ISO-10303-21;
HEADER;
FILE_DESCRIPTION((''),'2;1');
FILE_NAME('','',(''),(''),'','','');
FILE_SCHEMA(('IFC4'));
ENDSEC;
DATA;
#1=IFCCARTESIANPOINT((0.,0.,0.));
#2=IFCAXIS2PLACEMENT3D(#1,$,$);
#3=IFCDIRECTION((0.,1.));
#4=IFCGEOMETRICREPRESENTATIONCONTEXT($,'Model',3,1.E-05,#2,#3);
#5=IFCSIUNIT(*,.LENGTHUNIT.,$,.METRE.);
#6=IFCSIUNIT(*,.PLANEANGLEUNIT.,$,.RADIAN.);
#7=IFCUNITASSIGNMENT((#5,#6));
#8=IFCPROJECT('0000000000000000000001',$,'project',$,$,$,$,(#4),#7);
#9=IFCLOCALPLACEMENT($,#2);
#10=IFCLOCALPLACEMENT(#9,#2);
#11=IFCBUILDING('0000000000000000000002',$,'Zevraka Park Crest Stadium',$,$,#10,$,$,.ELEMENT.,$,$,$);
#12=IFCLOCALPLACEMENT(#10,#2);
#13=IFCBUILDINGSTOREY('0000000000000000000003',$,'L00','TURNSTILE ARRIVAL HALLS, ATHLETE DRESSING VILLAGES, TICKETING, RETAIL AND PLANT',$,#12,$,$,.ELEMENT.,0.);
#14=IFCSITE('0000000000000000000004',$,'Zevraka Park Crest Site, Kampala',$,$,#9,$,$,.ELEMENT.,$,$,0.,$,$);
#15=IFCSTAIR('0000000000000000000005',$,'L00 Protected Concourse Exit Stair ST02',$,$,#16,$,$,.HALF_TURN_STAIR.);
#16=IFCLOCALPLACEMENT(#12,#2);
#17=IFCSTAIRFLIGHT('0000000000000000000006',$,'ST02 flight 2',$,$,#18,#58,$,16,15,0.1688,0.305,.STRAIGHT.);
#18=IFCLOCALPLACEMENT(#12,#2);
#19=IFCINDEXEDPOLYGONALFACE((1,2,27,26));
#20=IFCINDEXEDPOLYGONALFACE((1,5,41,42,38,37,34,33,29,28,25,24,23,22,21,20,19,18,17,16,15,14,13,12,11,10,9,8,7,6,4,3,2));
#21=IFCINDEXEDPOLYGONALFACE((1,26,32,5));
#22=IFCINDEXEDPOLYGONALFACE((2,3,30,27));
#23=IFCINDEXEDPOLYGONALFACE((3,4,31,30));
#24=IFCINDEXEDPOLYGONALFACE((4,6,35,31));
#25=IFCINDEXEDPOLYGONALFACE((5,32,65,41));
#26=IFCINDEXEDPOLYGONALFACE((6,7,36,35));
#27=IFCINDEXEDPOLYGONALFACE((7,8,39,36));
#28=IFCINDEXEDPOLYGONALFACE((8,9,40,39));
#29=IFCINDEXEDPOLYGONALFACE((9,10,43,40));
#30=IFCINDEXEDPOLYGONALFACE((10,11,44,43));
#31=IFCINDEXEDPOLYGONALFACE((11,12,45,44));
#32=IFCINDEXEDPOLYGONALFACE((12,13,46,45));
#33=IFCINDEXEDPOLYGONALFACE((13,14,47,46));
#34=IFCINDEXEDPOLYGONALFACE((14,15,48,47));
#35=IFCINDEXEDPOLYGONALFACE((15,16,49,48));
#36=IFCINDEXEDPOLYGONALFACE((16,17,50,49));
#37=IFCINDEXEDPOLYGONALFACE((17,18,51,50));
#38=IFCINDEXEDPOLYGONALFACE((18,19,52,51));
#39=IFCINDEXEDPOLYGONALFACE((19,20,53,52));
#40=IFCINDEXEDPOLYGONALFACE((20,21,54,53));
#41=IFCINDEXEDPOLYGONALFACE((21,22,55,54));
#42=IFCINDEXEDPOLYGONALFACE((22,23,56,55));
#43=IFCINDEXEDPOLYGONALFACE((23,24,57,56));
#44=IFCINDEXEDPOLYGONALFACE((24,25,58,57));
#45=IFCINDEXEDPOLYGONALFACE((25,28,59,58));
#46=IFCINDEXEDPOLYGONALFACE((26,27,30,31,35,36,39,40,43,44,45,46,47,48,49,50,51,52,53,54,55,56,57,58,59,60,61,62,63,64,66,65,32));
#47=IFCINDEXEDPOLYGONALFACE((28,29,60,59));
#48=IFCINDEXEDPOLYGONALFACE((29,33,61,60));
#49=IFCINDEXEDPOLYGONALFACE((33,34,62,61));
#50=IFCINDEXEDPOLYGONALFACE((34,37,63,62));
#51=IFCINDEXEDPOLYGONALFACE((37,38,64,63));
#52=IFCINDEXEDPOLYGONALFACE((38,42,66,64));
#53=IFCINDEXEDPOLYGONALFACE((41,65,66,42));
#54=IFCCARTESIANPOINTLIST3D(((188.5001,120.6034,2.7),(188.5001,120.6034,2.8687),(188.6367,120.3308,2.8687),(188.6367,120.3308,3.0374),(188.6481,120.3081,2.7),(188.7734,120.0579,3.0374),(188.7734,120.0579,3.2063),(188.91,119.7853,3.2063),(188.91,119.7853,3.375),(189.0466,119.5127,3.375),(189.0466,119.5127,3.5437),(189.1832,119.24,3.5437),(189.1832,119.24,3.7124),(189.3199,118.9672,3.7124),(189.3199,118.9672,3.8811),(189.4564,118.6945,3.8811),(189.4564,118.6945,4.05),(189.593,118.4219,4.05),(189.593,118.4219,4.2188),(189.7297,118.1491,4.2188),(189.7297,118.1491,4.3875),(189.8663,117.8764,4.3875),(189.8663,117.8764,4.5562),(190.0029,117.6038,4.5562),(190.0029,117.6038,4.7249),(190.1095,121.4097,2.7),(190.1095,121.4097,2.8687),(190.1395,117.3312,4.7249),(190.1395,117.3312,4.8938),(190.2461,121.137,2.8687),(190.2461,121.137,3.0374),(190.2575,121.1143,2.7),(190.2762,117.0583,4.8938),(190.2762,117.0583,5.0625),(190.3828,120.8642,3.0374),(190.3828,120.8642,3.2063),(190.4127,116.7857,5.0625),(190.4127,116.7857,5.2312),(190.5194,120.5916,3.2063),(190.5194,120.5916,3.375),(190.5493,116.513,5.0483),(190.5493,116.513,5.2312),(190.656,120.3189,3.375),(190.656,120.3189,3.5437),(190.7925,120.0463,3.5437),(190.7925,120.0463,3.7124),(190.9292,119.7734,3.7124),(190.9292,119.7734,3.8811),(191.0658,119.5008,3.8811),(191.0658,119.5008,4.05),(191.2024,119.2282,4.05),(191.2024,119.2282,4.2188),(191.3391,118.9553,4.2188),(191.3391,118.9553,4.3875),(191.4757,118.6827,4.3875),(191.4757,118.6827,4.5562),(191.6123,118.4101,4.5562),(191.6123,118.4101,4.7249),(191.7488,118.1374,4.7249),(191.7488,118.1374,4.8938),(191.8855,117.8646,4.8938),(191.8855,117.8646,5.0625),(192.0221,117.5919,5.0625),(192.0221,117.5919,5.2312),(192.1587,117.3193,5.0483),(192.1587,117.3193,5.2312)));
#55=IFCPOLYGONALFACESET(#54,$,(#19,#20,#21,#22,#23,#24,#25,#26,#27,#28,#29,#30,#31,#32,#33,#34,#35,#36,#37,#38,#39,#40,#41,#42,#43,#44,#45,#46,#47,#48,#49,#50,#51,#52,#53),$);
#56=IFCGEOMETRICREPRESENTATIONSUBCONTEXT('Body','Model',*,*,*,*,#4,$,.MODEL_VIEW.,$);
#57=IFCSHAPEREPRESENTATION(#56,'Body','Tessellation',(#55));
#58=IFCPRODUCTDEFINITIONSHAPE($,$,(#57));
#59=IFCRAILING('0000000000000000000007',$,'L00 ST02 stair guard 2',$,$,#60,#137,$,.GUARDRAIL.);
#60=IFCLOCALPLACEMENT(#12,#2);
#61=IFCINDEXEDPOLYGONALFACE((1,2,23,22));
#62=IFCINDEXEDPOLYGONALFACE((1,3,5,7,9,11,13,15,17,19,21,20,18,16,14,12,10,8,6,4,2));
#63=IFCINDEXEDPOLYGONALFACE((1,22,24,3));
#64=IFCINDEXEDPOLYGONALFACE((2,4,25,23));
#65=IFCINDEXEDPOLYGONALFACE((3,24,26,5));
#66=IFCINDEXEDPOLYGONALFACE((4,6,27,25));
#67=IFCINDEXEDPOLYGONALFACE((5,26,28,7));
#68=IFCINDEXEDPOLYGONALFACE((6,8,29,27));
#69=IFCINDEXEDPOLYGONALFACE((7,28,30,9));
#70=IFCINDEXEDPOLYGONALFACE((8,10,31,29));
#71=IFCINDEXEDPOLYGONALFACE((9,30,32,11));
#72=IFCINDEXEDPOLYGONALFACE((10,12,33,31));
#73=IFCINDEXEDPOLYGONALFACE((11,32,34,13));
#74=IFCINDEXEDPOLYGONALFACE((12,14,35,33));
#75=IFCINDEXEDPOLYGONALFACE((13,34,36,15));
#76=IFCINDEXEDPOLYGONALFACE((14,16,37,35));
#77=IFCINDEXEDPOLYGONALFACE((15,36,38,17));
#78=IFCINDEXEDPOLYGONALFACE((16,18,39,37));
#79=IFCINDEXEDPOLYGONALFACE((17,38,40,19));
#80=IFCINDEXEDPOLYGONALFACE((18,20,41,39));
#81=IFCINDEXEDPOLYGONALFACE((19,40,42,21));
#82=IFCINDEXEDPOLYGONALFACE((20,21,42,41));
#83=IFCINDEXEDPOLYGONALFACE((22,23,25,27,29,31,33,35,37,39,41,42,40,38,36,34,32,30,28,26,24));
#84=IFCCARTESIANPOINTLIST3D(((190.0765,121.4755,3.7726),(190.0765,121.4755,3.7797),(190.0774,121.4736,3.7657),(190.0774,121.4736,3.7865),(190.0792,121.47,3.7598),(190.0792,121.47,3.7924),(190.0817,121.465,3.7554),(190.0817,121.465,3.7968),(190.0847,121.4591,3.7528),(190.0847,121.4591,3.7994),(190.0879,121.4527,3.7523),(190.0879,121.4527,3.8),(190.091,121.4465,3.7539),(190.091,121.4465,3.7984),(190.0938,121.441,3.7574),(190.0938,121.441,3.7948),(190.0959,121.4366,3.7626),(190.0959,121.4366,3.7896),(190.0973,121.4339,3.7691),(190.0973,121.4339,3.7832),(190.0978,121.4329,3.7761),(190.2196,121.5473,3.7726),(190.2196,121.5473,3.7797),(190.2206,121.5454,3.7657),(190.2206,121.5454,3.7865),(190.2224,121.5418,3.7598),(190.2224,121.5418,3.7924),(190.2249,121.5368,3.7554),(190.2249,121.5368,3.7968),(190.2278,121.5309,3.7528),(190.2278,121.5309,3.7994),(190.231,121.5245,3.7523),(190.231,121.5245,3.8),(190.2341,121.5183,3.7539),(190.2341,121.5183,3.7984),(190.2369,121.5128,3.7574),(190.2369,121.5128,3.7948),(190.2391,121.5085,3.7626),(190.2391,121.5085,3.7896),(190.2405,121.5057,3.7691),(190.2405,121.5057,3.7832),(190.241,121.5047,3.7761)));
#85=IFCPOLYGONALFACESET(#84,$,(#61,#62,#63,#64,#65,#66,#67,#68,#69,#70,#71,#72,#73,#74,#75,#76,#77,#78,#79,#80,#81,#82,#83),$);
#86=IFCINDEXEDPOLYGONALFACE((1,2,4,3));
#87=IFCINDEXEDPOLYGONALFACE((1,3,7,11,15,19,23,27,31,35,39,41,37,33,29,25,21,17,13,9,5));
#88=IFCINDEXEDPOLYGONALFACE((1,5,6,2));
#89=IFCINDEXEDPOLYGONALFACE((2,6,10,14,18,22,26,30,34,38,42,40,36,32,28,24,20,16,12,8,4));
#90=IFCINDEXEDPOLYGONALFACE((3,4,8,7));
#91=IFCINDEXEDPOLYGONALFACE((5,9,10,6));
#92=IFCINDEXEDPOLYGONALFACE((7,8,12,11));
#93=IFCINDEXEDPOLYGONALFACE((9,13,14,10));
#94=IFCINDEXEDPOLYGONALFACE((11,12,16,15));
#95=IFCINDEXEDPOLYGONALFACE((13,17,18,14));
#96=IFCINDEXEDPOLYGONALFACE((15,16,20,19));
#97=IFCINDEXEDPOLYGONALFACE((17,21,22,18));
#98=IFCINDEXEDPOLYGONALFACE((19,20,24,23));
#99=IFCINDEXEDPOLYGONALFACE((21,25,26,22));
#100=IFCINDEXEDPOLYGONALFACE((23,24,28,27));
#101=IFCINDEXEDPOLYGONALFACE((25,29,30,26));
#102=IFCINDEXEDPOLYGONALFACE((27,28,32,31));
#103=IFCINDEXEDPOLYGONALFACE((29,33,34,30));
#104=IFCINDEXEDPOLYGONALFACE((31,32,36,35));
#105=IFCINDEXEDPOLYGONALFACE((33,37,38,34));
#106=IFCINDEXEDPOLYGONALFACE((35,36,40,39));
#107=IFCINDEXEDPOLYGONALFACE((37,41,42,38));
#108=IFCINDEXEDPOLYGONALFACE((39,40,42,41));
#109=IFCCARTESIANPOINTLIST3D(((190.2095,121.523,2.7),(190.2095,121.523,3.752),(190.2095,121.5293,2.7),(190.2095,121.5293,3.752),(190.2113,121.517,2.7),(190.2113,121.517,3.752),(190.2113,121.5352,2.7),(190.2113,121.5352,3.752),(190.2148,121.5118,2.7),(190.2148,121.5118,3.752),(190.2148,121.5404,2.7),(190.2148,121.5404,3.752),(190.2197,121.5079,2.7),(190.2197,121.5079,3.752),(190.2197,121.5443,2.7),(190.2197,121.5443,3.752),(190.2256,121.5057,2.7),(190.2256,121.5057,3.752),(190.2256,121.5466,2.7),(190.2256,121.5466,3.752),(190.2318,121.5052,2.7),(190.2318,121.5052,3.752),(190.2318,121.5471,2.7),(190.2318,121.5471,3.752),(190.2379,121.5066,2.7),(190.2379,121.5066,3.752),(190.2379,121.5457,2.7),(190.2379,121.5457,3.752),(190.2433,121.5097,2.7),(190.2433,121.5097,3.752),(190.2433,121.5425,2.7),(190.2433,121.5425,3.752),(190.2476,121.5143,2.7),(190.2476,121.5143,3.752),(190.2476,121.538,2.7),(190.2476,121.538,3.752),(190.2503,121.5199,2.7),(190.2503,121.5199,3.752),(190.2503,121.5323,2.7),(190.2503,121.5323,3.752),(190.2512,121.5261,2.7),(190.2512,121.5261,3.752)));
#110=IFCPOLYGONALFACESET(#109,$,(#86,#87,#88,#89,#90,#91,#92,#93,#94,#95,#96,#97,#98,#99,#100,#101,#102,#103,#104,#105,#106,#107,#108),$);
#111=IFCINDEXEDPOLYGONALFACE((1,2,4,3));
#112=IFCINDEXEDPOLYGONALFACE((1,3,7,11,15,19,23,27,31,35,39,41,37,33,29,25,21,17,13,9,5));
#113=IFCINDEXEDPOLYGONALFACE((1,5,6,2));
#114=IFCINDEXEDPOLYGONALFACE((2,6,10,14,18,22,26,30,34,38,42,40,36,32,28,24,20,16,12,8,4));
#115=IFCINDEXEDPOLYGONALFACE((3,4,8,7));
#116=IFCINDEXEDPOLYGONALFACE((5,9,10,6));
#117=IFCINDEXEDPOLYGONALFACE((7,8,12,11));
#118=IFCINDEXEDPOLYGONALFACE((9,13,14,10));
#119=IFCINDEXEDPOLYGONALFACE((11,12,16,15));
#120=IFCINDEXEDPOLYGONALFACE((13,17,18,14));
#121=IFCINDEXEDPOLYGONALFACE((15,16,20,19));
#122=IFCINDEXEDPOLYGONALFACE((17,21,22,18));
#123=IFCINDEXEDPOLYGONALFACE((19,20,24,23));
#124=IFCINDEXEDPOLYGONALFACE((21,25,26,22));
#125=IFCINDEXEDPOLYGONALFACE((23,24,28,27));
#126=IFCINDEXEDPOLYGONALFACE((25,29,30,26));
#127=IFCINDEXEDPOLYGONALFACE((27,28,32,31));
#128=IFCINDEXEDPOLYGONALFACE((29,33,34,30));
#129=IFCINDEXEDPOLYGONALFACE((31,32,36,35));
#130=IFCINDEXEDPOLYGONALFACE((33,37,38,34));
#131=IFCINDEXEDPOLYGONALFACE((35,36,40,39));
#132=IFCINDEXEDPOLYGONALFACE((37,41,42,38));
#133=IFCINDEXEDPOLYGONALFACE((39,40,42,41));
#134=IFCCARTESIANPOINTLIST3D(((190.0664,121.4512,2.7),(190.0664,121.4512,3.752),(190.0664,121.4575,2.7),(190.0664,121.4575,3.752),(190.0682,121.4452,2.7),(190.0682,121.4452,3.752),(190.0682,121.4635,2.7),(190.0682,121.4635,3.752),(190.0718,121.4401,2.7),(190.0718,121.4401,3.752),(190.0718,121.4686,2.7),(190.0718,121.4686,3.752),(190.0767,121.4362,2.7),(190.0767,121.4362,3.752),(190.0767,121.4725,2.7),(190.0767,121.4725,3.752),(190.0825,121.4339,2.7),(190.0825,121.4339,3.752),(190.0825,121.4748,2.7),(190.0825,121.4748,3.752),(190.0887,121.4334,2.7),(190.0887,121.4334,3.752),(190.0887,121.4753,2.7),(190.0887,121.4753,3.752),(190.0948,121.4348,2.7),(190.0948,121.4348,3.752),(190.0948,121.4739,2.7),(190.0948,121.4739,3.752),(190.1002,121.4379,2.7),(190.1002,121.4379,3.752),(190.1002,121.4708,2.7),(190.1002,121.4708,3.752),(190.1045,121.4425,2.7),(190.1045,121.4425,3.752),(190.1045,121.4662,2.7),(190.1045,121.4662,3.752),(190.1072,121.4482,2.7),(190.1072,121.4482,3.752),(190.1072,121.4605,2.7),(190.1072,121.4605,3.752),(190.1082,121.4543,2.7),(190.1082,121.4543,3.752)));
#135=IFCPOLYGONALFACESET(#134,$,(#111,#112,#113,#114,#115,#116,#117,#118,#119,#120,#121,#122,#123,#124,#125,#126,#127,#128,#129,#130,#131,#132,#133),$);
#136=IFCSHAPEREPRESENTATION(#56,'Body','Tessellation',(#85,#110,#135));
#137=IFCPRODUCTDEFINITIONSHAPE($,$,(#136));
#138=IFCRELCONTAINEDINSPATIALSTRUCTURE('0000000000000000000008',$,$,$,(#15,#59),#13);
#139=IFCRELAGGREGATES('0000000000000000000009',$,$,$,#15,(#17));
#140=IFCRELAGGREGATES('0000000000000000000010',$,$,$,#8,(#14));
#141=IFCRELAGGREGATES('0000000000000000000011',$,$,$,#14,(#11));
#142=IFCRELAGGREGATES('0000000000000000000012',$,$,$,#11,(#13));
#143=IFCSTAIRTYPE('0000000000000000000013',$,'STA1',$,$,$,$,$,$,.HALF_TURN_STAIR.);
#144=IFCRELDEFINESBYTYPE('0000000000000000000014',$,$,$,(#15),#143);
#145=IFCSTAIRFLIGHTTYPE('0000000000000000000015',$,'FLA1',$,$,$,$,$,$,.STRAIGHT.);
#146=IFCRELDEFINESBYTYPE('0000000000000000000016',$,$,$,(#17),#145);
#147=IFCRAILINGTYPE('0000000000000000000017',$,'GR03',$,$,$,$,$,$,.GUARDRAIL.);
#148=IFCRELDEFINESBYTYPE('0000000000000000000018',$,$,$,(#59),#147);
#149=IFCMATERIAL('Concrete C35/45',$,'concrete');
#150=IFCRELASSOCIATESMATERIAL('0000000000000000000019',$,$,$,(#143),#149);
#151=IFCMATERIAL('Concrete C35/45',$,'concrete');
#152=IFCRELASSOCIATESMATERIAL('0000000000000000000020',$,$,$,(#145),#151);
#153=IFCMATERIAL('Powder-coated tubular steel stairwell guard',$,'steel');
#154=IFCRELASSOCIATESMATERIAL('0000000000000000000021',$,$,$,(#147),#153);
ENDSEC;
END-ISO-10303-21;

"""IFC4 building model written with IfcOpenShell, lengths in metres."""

from ifc_helpers import new_model, si_unit, direction, frame, origin, origin_2d, place, context, subcontext, project, spatial, polyline, circle, outline, extrude, material, type_object, element, aggregate, save


model = new_model("IFC4")

# Units and contexts
model_context = context("Model", 3, precision=1e-05, world=origin(), true_north=direction((0.0, 1.0)))
body_context = subcontext(model_context, "Body", "Model", "MODEL_VIEW")
ifc_project = project(units=[si_unit("LENGTHUNIT", "METRE"), si_unit("PLANEANGLEUNIT", "RADIAN")], contexts=[model_context])

# Site, building, storey
site_placement = place(None, origin())
site = spatial("IfcSite", under=ifc_project, at=site_placement, Name="Zevraka Park Crest Site, Kampala", CompositionType="ELEMENT", RefElevation=0.0)
building_placement = place(site_placement, origin())
building = spatial("IfcBuilding", under=site, at=building_placement, Name="Zevraka Park Crest Stadium", CompositionType="ELEMENT")
storey_placement = place(building_placement, origin())
storey = spatial("IfcBuildingStorey", under=building, at=storey_placement, Name="L00", Description="TURNSTILE ARRIVAL HALLS, ATHLETE DRESSING VILLAGES, TICKETING, RETAIL AND PLANT", CompositionType="ELEMENT", Elevation=0.0)

# Stair, stair flight
ifc_material_1 = material(Name="Concrete C35/45", Category="concrete")
stair_type = type_object("IfcStairType", Name="STA1", PredefinedType="HALF_TURN_STAIR", material=ifc_material_1)
stair_placement = place(storey_placement, origin())
stair = element("IfcStair", 1, at=stair_placement, inside=storey, type_object=stair_type, Name="L00 Protected Concourse Exit Stair ST02", PredefinedType="HALF_TURN_STAIR")
ifc_material_2 = material(Name="Concrete C35/45", Category="concrete")
stair_flight_type = type_object("IfcStairFlightType", Name="FLA1", PredefinedType="STRAIGHT", material=ifc_material_2)
stair_flight_placement = place(storey_placement, frame((189.3049, 121.0066, 2.7), z_axis=(0.0, 0.0, 1.0), x_axis=(0.447915, -0.894076, 0.0)))
stair_flight = element("IfcStairFlight", 2, at=stair_flight_placement, type_object=stair_flight_type, Name="ST02 flight 2", NumberOfRisers=16, NumberOfTreads=15, PredefinedType="STRAIGHT", RiserHeight=0.1688, TreadLength=0.305, context=body_context, shape_type="SweptSolid", body=[
    extrude(outline(polyline([(0.0, 0.0), (0.0, 0.1687), (0.3049, 0.1687), (0.3049, 0.3374), (0.6101, 0.3374), (0.6101, 0.5063), (0.915, 0.5063), (0.915, 0.675), (1.22, 0.675), (1.22, 0.8438), (1.5249, 0.8438), (1.5249, 1.0125), (1.8301, 1.0125), (1.8301, 1.1812), (2.135, 1.1812), (2.135, 1.3501), (2.4399, 1.3501), (2.4399, 1.5188), (2.7451, 1.5188), (2.7451, 1.6875), (3.05, 1.6875), (3.05, 1.8562), (3.355, 1.8562), (3.355, 2.0249), (3.6599, 2.0249), (3.6599, 2.1938), (3.9651, 2.1938), (3.9651, 2.3625), (4.27, 2.3625), (4.27, 2.5312), (4.575, 2.5312), (4.575, 2.7), (4.575, 2.3484), (0.3303, 0.0), (0.0, 0.0)])), frame((0.0, 0.8999, 0.0), z_axis=(0.0, -1.0, 0.0), x_axis=(1.0, 0.0, 0.0)), (0.0, 0.0, 1.0), 1.8),
])
aggregate(stair, [stair_flight])

# Railing
ifc_material_3 = material(Name="Powder-coated tubular steel stairwell guard", Category="steel")
railing_type = type_object("IfcRailingType", Name="GR03", PredefinedType="GUARDRAIL", material=ifc_material_3)
railing_1_placement = place(storey_placement, frame((190.2302, 121.5261, 2.7)))
element("IfcRailing", 3, at=railing_1_placement, inside=storey, type_object=railing_type, Name="L00 ST02 stair guard 2", PredefinedType="GUARDRAIL", context=body_context, shape_type="SweptSolid", body=[
    extrude(circle(Radius=0.0239, at=origin_2d()), frame((0.0, 0.0, 1.0762), z_axis=(-0.893816, -0.448433, 0.0), x_axis=(0.448433, -0.893816, 0.0)), (0.0, 0.0, 1.0), 0.1602),
    extrude(circle(Radius=0.021, at=origin_2d()), origin(), (0.0, 0.0, 1.0), 1.052),
    extrude(circle(Radius=0.021, at=origin_2d()), frame((-0.1431, -0.0718, 0.0)), (0.0, 0.0, 1.0), 1.052),
])

save(model, "model.ifc")
